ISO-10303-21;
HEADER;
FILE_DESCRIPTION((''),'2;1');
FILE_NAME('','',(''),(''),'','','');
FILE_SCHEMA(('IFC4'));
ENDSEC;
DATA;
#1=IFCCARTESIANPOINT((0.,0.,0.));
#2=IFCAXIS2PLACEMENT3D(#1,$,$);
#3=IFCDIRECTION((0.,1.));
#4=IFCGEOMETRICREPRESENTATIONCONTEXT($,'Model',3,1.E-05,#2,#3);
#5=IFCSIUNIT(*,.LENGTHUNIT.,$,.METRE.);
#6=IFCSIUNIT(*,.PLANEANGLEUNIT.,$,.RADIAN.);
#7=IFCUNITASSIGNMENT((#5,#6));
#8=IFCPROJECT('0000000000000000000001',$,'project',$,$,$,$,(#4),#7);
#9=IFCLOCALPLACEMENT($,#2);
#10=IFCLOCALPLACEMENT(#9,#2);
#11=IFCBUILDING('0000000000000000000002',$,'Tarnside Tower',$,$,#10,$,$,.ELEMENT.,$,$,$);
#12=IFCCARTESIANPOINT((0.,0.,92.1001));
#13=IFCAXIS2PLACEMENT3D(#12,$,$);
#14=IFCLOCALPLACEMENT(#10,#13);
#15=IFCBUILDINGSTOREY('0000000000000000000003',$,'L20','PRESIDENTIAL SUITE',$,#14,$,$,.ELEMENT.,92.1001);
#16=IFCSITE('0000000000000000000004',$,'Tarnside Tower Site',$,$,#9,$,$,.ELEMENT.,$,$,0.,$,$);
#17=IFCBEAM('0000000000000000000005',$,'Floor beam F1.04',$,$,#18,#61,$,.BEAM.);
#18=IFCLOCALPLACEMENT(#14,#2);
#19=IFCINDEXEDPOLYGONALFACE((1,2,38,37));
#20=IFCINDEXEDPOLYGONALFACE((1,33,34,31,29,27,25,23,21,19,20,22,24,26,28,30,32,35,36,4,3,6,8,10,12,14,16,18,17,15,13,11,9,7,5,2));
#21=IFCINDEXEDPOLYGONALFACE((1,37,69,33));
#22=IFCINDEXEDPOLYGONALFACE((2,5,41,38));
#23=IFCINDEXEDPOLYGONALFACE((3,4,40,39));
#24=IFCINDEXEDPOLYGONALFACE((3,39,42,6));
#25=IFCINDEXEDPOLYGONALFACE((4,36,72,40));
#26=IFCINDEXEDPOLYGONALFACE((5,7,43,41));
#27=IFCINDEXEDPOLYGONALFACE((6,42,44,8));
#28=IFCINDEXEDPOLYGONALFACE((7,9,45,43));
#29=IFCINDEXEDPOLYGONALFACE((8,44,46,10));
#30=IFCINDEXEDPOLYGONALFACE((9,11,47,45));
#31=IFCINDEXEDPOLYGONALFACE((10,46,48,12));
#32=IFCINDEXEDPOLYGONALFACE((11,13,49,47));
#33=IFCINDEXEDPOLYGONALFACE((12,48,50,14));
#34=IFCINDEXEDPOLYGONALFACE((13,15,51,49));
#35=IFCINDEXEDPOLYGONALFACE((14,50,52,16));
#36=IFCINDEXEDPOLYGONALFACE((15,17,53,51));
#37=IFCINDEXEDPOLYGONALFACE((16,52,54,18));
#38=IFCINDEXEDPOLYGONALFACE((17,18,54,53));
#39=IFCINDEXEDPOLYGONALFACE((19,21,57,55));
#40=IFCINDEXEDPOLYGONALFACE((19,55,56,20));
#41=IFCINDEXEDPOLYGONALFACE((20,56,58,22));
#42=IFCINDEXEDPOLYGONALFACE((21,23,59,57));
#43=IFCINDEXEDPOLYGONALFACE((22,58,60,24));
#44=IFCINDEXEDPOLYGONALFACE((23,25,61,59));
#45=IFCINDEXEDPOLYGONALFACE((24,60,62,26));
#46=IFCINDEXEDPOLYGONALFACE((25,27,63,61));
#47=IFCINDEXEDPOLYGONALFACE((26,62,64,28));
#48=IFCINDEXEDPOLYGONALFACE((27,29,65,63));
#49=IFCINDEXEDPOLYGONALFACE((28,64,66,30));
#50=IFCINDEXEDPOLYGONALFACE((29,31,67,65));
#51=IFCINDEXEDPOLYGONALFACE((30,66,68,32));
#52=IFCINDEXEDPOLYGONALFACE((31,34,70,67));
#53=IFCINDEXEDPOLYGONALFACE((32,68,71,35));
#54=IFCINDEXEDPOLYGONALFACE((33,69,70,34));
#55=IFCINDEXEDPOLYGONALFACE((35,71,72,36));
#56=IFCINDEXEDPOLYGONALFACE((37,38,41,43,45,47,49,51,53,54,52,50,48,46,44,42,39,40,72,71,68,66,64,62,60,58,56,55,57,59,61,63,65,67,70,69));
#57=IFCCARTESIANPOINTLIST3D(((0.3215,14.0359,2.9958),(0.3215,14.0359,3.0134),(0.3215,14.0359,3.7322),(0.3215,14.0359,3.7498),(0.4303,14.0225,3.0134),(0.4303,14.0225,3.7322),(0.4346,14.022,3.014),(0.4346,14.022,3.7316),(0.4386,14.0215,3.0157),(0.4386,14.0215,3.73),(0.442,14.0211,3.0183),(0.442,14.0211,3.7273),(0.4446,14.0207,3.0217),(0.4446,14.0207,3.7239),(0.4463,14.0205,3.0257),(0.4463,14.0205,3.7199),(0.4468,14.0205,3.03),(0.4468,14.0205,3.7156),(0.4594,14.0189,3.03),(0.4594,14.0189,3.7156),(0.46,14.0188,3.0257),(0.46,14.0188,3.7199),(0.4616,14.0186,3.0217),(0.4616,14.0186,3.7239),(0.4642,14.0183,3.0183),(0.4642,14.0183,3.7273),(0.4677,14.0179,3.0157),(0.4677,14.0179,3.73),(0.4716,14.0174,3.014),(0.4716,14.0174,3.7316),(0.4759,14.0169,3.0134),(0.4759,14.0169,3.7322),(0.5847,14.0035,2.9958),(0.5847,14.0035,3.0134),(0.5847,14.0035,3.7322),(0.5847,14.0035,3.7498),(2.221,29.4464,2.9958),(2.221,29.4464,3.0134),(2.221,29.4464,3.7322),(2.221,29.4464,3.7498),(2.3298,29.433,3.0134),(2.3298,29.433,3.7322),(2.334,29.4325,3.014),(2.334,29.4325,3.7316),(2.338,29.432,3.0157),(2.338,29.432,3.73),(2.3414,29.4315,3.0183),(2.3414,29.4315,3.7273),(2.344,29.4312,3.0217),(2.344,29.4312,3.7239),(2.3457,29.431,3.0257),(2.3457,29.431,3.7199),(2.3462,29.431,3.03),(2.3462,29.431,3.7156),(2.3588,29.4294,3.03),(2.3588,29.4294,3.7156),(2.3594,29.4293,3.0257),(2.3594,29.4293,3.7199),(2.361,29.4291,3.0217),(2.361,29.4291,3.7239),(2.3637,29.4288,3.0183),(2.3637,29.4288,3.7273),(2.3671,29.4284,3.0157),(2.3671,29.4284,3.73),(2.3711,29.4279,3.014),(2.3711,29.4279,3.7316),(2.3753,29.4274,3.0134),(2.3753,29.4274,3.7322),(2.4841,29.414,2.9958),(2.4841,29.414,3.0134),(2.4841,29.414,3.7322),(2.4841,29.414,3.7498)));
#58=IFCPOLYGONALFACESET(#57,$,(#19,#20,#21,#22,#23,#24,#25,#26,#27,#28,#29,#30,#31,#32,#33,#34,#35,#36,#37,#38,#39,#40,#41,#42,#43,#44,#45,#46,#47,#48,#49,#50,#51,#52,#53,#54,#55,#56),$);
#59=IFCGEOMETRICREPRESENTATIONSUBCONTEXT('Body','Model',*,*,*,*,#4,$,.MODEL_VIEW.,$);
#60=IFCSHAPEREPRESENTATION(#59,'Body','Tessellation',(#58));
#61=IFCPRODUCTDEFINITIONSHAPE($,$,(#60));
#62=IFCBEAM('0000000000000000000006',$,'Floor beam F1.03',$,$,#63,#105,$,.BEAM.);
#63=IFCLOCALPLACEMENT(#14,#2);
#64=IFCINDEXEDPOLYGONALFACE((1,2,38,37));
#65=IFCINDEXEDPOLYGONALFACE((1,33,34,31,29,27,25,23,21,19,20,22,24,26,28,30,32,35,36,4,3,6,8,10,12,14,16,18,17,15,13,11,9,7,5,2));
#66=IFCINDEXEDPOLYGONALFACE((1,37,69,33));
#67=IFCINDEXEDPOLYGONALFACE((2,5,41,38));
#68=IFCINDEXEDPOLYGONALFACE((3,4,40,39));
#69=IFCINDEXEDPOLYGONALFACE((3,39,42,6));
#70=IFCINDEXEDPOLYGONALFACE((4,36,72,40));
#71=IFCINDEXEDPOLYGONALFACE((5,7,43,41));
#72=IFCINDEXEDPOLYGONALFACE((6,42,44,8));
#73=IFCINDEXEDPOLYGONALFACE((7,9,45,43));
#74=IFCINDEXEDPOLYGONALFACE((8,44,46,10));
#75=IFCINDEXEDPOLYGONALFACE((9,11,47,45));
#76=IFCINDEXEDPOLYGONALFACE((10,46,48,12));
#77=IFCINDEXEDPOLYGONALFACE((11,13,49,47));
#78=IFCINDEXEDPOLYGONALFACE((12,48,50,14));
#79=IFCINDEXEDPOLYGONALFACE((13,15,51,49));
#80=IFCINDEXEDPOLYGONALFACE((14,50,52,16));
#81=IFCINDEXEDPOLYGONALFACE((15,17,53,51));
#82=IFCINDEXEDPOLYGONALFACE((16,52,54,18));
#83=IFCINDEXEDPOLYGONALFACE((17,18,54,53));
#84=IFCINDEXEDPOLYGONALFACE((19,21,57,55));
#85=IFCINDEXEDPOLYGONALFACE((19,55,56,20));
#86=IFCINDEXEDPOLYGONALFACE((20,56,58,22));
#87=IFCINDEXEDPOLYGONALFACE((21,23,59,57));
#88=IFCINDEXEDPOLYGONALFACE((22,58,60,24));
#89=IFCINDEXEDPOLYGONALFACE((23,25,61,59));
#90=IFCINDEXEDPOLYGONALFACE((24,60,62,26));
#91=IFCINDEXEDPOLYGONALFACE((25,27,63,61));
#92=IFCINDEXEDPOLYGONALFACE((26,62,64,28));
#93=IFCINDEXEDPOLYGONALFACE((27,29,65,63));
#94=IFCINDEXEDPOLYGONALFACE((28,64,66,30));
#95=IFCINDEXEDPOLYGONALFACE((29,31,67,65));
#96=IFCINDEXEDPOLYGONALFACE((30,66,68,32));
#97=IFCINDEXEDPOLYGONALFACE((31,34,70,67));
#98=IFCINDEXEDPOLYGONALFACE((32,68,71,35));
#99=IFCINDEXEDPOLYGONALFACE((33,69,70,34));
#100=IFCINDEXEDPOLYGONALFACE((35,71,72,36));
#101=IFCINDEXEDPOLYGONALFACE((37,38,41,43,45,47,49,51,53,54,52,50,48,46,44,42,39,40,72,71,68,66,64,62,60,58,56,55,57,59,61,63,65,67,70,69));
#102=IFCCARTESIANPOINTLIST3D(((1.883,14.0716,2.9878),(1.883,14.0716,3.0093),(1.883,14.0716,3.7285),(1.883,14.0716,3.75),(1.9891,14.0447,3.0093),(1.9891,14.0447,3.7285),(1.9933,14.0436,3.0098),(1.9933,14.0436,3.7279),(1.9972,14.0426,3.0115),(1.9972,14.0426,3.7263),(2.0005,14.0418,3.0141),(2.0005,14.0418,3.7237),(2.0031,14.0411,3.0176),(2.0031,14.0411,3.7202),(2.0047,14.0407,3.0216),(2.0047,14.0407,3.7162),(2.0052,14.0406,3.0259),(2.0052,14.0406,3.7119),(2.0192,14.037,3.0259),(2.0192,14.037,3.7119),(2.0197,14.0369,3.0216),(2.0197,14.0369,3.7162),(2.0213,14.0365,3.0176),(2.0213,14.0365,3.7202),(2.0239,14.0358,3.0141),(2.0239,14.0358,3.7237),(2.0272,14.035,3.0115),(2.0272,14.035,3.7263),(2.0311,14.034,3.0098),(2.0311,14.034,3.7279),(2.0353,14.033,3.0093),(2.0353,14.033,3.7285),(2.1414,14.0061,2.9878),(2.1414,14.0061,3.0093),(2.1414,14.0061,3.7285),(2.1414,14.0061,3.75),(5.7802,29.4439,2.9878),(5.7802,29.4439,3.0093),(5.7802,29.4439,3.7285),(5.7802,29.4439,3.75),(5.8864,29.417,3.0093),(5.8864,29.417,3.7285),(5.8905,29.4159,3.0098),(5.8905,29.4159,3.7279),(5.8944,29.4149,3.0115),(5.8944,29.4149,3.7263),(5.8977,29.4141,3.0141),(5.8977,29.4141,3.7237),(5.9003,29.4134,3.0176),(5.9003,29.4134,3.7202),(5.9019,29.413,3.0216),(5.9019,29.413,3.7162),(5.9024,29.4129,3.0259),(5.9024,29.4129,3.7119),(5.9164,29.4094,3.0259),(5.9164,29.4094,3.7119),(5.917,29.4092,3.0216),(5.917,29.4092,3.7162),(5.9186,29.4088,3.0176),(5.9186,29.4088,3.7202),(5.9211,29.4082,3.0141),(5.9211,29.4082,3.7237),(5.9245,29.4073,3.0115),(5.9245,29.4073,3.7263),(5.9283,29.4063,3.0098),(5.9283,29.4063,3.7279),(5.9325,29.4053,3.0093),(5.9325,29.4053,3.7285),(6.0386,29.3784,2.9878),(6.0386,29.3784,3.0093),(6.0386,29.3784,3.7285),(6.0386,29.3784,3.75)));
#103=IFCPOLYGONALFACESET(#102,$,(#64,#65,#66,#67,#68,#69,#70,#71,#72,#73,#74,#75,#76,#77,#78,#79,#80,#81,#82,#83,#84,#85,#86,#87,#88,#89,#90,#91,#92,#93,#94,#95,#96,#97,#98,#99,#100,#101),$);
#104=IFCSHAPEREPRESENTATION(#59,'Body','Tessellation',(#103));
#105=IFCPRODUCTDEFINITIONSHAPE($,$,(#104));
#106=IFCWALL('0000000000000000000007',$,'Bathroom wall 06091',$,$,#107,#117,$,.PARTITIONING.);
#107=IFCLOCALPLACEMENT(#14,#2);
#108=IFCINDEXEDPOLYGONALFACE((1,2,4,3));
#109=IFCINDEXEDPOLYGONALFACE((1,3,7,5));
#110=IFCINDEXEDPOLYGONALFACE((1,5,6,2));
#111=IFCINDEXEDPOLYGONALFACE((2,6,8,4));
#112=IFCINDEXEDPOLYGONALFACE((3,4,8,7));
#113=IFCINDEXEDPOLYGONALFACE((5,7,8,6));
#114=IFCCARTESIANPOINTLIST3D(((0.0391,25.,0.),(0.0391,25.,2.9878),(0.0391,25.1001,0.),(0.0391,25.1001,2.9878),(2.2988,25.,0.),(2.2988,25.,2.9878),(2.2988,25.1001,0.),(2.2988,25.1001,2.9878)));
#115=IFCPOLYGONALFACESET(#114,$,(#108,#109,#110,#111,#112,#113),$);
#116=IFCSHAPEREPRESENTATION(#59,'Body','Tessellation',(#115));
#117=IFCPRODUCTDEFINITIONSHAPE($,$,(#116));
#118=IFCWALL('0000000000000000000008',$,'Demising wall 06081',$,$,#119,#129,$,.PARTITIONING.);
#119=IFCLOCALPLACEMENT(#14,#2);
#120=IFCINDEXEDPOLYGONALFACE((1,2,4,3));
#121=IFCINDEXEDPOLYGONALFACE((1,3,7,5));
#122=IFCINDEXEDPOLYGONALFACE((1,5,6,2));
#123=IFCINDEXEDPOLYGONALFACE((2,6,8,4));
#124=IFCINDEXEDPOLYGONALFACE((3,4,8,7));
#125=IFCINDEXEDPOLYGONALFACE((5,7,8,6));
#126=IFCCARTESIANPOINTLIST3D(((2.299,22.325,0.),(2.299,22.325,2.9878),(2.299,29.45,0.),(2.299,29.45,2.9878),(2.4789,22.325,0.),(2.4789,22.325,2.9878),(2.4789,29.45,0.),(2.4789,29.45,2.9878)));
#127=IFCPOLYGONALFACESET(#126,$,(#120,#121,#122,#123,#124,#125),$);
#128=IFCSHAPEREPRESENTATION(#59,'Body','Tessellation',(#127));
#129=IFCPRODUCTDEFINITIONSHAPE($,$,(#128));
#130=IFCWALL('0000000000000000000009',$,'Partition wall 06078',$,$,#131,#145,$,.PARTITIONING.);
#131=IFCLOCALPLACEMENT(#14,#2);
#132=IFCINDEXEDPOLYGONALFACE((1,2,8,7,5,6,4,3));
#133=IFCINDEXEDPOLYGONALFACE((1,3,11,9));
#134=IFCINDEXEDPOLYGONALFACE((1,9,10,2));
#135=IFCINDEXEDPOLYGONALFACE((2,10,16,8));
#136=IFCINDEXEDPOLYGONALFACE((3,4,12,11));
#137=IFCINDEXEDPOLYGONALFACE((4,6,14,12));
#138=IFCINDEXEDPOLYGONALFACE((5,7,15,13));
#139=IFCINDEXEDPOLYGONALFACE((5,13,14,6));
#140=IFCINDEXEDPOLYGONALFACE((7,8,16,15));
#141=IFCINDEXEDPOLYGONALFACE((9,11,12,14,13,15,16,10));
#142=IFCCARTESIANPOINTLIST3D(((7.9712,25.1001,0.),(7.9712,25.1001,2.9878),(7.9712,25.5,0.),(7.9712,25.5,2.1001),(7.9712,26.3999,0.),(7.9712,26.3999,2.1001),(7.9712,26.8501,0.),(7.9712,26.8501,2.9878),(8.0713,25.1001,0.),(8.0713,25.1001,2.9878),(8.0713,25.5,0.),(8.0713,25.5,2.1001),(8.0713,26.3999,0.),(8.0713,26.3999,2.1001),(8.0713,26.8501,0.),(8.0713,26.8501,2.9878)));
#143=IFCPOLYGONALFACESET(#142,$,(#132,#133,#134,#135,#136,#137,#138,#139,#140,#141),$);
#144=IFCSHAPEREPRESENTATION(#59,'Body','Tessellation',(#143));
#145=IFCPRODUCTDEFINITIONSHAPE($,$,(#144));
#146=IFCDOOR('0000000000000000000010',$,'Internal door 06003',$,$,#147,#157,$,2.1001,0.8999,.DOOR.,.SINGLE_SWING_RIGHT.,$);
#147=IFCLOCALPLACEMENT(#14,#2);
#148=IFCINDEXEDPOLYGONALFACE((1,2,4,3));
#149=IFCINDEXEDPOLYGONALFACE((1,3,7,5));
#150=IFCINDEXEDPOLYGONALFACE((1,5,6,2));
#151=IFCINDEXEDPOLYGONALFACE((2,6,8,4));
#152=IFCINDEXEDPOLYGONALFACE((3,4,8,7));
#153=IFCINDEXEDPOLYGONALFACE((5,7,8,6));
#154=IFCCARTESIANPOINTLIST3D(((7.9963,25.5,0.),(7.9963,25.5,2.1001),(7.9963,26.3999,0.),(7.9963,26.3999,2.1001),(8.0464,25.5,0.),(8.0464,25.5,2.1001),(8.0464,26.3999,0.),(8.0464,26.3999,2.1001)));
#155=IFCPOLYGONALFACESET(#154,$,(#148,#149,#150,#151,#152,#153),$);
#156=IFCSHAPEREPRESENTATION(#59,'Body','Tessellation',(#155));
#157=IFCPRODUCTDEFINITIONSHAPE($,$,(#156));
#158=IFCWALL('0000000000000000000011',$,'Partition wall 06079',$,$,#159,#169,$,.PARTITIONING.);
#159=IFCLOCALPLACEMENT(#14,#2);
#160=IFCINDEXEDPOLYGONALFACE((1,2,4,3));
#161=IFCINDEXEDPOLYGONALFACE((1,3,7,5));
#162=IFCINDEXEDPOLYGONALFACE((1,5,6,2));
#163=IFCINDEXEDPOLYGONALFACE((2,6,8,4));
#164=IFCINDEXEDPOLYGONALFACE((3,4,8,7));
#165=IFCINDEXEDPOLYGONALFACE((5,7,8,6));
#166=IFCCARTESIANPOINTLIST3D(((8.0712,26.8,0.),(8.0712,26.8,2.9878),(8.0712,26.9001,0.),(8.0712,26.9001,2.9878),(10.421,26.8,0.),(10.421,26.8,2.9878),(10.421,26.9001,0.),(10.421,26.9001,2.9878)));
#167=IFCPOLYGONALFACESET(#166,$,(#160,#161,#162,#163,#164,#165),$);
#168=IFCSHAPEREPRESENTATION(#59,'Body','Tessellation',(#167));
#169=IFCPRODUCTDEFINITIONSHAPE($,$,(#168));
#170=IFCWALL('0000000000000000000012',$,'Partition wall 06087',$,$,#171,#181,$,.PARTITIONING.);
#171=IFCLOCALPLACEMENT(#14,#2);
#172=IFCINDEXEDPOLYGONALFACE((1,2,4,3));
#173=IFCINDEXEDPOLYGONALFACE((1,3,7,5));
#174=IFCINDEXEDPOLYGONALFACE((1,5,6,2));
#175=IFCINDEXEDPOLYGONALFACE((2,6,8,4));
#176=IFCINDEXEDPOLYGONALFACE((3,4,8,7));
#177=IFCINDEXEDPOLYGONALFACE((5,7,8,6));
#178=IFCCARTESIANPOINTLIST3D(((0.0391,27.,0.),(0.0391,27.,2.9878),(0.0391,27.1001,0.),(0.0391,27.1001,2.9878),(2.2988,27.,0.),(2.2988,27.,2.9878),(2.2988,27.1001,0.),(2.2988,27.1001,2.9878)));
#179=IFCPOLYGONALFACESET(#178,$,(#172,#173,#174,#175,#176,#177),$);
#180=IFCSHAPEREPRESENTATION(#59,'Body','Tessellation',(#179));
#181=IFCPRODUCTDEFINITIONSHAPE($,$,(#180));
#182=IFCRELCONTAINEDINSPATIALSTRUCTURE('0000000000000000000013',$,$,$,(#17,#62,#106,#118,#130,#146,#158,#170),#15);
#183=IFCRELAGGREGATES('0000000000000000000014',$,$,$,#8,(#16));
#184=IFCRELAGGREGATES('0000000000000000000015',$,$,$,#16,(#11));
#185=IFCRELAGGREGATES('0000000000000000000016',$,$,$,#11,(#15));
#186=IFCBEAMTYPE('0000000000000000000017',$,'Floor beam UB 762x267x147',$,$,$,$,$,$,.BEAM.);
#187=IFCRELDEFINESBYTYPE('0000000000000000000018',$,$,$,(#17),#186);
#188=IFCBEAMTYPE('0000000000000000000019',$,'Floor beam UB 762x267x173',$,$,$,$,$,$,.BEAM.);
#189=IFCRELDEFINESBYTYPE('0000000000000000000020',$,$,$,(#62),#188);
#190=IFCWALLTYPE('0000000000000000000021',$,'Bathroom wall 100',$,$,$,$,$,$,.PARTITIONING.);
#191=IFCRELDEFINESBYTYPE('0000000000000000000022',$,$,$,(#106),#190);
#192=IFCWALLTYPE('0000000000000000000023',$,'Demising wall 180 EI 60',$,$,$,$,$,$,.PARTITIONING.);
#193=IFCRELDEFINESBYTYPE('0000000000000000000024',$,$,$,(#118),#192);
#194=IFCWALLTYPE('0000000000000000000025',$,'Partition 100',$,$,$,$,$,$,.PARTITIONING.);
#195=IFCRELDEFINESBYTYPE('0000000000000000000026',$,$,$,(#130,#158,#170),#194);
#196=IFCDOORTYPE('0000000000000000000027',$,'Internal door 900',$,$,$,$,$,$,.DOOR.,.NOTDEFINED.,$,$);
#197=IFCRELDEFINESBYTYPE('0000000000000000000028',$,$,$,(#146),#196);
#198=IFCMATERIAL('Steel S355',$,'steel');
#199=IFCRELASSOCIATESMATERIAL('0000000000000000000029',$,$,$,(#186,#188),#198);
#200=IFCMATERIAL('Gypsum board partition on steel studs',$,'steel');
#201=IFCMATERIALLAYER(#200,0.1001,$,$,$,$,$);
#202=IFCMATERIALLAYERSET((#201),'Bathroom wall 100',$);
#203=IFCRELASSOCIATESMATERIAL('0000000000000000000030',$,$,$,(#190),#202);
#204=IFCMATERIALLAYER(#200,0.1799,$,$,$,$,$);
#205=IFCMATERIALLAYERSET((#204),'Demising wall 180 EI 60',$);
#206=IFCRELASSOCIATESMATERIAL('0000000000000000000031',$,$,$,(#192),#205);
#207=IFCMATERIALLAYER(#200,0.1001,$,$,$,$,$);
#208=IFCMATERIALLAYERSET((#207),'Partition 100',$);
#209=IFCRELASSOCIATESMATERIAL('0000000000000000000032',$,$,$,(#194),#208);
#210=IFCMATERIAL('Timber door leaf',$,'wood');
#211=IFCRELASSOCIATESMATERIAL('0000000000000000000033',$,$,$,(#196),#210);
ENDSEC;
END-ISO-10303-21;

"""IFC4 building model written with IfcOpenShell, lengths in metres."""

from ifc_helpers import new_model, si_unit, direction, frame, frame_2d, origin, origin_2d, place, context, subcontext, project, spatial, rectangle, i_section, extrude, material, layer, layer_set, material_profile, profile_set, type_object, element, fill, save


model = new_model("IFC4")

# Units and contexts
model_context = context("Model", 3, precision=1e-05, world=origin(), true_north=direction((0.0, 1.0)))
body_context = subcontext(model_context, "Body", "Model", "MODEL_VIEW")
ifc_project = project(units=[si_unit("LENGTHUNIT", "METRE"), si_unit("PLANEANGLEUNIT", "RADIAN")], contexts=[model_context])

# Site, building, storey
site_placement = place(None, origin())
site = spatial("IfcSite", under=ifc_project, at=site_placement, Name="Tarnside Tower Site", CompositionType="ELEMENT", RefElevation=0.0)
building_placement = place(site_placement, origin())
building = spatial("IfcBuilding", under=site, at=building_placement, Name="Tarnside Tower", CompositionType="ELEMENT")
storey_placement = place(building_placement, frame((0.0, 0.0, 92.1001)))
storey = spatial("IfcBuildingStorey", under=building, at=storey_placement, Name="L20", Description="PRESIDENTIAL SUITE", CompositionType="ELEMENT", Elevation=92.1001)

# Beams
ifc_material_1 = material(Name="Steel S355", Category="steel")
ifc_material_profile_1 = material_profile(ifc_material_1, i_section(OverallWidth=0.2651, OverallDepth=0.7539, WebThickness=0.0127, FlangeThickness=0.0176, FilletRadius=0.0166, at=origin_2d()), Name="UB 762x267x147")
ifc_profile_set_1 = profile_set([ifc_material_profile_1], Name="Steel S355")
beam_type_1 = type_object("IfcBeamType", Name="Floor beam UB 762x267x147", PredefinedType="BEAM", material=ifc_profile_set_1)
beam_1_placement = place(storey_placement, frame((2.3525, 29.4302, 3.3728), z_axis=(-0.12233, -0.99249, 0.0), x_axis=(0.99249, -0.12233, 0.0)))
element("IfcBeam", 1, at=beam_1_placement, inside=storey, type_object=beam_type_1, Name="Floor beam F1.04", PredefinedType="BEAM", context=body_context, shape_type="SweptSolid", body=[
    extrude(i_section(OverallWidth=0.2651, OverallDepth=0.7539, WebThickness=0.0127, FlangeThickness=0.0176, FilletRadius=0.0166, at=origin_2d()), origin(), (0.0, 0.0, 1.0), 15.5271),
])
ifc_material_profile_2 = material_profile(ifc_material_1, i_section(OverallWidth=0.2666, OverallDepth=0.7622, WebThickness=0.0144, FlangeThickness=0.0215, FilletRadius=0.0166, at=origin_2d()), Name="UB 762x267x173")
ifc_profile_set_2 = profile_set([ifc_material_profile_2], Name="Steel S355")
beam_type_2 = type_object("IfcBeamType", Name="Floor beam UB 762x267x173", PredefinedType="BEAM", material=ifc_profile_set_2)
beam_2_placement = place(storey_placement, frame((5.9094, 29.4111, 3.3689), z_axis=(-0.245747, -0.969334, 0.0), x_axis=(0.969334, -0.245747, 0.0)))
element("IfcBeam", 2, at=beam_2_placement, inside=storey, type_object=beam_type_2, Name="Floor beam F1.03", PredefinedType="BEAM", context=body_context, shape_type="SweptSolid", body=[
    extrude(i_section(OverallWidth=0.2666, OverallDepth=0.7622, WebThickness=0.0144, FlangeThickness=0.0215, FilletRadius=0.0166, at=origin_2d()), origin(), (0.0, 0.0, 1.0), 15.8586),
])

# Walls
ifc_material_2 = material(Name="Gypsum board partition on steel studs", Category="steel")
ifc_layer_1 = layer(ifc_material_2, 0.1001)
ifc_layer_set_1 = layer_set([ifc_layer_1], Name="Bathroom wall 100")
wall_type_1 = type_object("IfcWallType", Name="Bathroom wall 100", PredefinedType="PARTITIONING", material=ifc_layer_set_1)
wall_1_placement = place(storey_placement, frame((2.2988, 25.05, 0.0), z_axis=(0.0, 0.0, 1.0), x_axis=(-1.0, 0.0, 0.0)))
element("IfcWall", 3, at=wall_1_placement, inside=storey, type_object=wall_type_1, Name="Bathroom wall 06091", PredefinedType="PARTITIONING", context=body_context, shape_type="SweptSolid", body=[
    extrude(rectangle(XDim=2.2598, YDim=0.1001, at=frame_2d((1.1299, 0.0))), origin(), (0.0, 0.0, 1.0), 2.9878),
])
ifc_layer_2 = layer(ifc_material_2, 0.1799)
ifc_layer_set_2 = layer_set([ifc_layer_2], Name="Demising wall 180 EI 60")
wall_type_2 = type_object("IfcWallType", Name="Demising wall 180 EI 60", PredefinedType="PARTITIONING", material=ifc_layer_set_2)
wall_2_placement = place(storey_placement, frame((2.3889, 29.45, 0.0), z_axis=(0.0, 0.0, 1.0), x_axis=(0.0, -1.0, 0.0)))
element("IfcWall", 4, at=wall_2_placement, inside=storey, type_object=wall_type_2, Name="Demising wall 06081", PredefinedType="PARTITIONING", context=body_context, shape_type="SweptSolid", body=[
    extrude(rectangle(XDim=7.125, YDim=0.1799, at=frame_2d((3.5625, 0.0))), origin(), (0.0, 0.0, 1.0), 2.9878),
])

# Wall, opening, door
ifc_layer_3 = layer(ifc_material_2, 0.1001)
ifc_layer_set_3 = layer_set([ifc_layer_3], Name="Partition 100")
wall_type_3 = type_object("IfcWallType", Name="Partition 100", PredefinedType="PARTITIONING", material=ifc_layer_set_3)
wall_3_placement = place(storey_placement, frame((8.0212, 25.1001, 0.0), z_axis=(0.0, 0.0, 1.0), x_axis=(0.0, 1.0, 0.0)))
wall_3 = element("IfcWall", 5, at=wall_3_placement, inside=storey, type_object=wall_type_3, Name="Partition wall 06078", PredefinedType="PARTITIONING", context=body_context, shape_type="SweptSolid", body=[
    extrude(rectangle(XDim=1.75, YDim=0.1001, at=frame_2d((0.875, 0.0))), origin(), (0.0, 0.0, 1.0), 2.9878),
])
opening_placement = place(wall_3_placement, frame((0.3999, 0.0, 0.0)))
opening = element("IfcOpeningElement", 6, at=opening_placement, cuts=wall_3, PredefinedType="OPENING", context=body_context, shape_type="SweptSolid", body=[
    extrude(rectangle(XDim=0.8999, YDim=2.1001, at=frame_2d((0.45, 1.05))), frame((0.0, 0.0601, 0.0), z_axis=(0.0, -1.0, 0.0), x_axis=(1.0, 0.0, 0.0)), (0.0, 0.0, 1.0), 0.1201),
])
ifc_material_3 = material(Name="Timber door leaf", Category="wood")
door_type = type_object("IfcDoorType", Name="Internal door 900", OperationType="NOTDEFINED", PredefinedType="DOOR", material=ifc_material_3)
door_placement = place(opening_placement, origin())
door = element("IfcDoor", 7, at=door_placement, inside=storey, type_object=door_type, Name="Internal door 06003", OperationType="SINGLE_SWING_RIGHT", OverallHeight=2.1001, OverallWidth=0.8999, PredefinedType="DOOR", context=body_context, shape_type="SweptSolid", body=[
    extrude(rectangle(XDim=0.8999, YDim=2.1001, at=frame_2d((0.45, 1.05))), frame((0.0, 0.0249, 0.0), z_axis=(0.0, -1.0, 0.0), x_axis=(1.0, 0.0, 0.0)), (0.0, 0.0, 1.0), 0.05),
])
fill(opening, door)

# Walls
wall_4_placement = place(storey_placement, frame((8.0713, 26.8501, 0.0), z_axis=(0.0, 0.0, 1.0), x_axis=(1.0, 0.0, 0.0)))
element("IfcWall", 8, at=wall_4_placement, inside=storey, type_object=wall_type_3, Name="Partition wall 06079", PredefinedType="PARTITIONING", context=body_context, shape_type="SweptSolid", body=[
    extrude(rectangle(XDim=2.3499, YDim=0.1001, at=frame_2d((1.1748, 0.0))), origin(), (0.0, 0.0, 1.0), 2.9878),
])
wall_5_placement = place(storey_placement, frame((0.0391, 27.05, 0.0), z_axis=(0.0, 0.0, 1.0), x_axis=(1.0, 0.0, 0.0)))
element("IfcWall", 9, at=wall_5_placement, inside=storey, type_object=wall_type_3, Name="Partition wall 06087", PredefinedType="PARTITIONING", context=body_context, shape_type="SweptSolid", body=[
    extrude(rectangle(XDim=2.2598, YDim=0.1001, at=frame_2d((1.1299, 0.0))), origin(), (0.0, 0.0, 1.0), 2.9878),
])

save(model, "model.ifc")
